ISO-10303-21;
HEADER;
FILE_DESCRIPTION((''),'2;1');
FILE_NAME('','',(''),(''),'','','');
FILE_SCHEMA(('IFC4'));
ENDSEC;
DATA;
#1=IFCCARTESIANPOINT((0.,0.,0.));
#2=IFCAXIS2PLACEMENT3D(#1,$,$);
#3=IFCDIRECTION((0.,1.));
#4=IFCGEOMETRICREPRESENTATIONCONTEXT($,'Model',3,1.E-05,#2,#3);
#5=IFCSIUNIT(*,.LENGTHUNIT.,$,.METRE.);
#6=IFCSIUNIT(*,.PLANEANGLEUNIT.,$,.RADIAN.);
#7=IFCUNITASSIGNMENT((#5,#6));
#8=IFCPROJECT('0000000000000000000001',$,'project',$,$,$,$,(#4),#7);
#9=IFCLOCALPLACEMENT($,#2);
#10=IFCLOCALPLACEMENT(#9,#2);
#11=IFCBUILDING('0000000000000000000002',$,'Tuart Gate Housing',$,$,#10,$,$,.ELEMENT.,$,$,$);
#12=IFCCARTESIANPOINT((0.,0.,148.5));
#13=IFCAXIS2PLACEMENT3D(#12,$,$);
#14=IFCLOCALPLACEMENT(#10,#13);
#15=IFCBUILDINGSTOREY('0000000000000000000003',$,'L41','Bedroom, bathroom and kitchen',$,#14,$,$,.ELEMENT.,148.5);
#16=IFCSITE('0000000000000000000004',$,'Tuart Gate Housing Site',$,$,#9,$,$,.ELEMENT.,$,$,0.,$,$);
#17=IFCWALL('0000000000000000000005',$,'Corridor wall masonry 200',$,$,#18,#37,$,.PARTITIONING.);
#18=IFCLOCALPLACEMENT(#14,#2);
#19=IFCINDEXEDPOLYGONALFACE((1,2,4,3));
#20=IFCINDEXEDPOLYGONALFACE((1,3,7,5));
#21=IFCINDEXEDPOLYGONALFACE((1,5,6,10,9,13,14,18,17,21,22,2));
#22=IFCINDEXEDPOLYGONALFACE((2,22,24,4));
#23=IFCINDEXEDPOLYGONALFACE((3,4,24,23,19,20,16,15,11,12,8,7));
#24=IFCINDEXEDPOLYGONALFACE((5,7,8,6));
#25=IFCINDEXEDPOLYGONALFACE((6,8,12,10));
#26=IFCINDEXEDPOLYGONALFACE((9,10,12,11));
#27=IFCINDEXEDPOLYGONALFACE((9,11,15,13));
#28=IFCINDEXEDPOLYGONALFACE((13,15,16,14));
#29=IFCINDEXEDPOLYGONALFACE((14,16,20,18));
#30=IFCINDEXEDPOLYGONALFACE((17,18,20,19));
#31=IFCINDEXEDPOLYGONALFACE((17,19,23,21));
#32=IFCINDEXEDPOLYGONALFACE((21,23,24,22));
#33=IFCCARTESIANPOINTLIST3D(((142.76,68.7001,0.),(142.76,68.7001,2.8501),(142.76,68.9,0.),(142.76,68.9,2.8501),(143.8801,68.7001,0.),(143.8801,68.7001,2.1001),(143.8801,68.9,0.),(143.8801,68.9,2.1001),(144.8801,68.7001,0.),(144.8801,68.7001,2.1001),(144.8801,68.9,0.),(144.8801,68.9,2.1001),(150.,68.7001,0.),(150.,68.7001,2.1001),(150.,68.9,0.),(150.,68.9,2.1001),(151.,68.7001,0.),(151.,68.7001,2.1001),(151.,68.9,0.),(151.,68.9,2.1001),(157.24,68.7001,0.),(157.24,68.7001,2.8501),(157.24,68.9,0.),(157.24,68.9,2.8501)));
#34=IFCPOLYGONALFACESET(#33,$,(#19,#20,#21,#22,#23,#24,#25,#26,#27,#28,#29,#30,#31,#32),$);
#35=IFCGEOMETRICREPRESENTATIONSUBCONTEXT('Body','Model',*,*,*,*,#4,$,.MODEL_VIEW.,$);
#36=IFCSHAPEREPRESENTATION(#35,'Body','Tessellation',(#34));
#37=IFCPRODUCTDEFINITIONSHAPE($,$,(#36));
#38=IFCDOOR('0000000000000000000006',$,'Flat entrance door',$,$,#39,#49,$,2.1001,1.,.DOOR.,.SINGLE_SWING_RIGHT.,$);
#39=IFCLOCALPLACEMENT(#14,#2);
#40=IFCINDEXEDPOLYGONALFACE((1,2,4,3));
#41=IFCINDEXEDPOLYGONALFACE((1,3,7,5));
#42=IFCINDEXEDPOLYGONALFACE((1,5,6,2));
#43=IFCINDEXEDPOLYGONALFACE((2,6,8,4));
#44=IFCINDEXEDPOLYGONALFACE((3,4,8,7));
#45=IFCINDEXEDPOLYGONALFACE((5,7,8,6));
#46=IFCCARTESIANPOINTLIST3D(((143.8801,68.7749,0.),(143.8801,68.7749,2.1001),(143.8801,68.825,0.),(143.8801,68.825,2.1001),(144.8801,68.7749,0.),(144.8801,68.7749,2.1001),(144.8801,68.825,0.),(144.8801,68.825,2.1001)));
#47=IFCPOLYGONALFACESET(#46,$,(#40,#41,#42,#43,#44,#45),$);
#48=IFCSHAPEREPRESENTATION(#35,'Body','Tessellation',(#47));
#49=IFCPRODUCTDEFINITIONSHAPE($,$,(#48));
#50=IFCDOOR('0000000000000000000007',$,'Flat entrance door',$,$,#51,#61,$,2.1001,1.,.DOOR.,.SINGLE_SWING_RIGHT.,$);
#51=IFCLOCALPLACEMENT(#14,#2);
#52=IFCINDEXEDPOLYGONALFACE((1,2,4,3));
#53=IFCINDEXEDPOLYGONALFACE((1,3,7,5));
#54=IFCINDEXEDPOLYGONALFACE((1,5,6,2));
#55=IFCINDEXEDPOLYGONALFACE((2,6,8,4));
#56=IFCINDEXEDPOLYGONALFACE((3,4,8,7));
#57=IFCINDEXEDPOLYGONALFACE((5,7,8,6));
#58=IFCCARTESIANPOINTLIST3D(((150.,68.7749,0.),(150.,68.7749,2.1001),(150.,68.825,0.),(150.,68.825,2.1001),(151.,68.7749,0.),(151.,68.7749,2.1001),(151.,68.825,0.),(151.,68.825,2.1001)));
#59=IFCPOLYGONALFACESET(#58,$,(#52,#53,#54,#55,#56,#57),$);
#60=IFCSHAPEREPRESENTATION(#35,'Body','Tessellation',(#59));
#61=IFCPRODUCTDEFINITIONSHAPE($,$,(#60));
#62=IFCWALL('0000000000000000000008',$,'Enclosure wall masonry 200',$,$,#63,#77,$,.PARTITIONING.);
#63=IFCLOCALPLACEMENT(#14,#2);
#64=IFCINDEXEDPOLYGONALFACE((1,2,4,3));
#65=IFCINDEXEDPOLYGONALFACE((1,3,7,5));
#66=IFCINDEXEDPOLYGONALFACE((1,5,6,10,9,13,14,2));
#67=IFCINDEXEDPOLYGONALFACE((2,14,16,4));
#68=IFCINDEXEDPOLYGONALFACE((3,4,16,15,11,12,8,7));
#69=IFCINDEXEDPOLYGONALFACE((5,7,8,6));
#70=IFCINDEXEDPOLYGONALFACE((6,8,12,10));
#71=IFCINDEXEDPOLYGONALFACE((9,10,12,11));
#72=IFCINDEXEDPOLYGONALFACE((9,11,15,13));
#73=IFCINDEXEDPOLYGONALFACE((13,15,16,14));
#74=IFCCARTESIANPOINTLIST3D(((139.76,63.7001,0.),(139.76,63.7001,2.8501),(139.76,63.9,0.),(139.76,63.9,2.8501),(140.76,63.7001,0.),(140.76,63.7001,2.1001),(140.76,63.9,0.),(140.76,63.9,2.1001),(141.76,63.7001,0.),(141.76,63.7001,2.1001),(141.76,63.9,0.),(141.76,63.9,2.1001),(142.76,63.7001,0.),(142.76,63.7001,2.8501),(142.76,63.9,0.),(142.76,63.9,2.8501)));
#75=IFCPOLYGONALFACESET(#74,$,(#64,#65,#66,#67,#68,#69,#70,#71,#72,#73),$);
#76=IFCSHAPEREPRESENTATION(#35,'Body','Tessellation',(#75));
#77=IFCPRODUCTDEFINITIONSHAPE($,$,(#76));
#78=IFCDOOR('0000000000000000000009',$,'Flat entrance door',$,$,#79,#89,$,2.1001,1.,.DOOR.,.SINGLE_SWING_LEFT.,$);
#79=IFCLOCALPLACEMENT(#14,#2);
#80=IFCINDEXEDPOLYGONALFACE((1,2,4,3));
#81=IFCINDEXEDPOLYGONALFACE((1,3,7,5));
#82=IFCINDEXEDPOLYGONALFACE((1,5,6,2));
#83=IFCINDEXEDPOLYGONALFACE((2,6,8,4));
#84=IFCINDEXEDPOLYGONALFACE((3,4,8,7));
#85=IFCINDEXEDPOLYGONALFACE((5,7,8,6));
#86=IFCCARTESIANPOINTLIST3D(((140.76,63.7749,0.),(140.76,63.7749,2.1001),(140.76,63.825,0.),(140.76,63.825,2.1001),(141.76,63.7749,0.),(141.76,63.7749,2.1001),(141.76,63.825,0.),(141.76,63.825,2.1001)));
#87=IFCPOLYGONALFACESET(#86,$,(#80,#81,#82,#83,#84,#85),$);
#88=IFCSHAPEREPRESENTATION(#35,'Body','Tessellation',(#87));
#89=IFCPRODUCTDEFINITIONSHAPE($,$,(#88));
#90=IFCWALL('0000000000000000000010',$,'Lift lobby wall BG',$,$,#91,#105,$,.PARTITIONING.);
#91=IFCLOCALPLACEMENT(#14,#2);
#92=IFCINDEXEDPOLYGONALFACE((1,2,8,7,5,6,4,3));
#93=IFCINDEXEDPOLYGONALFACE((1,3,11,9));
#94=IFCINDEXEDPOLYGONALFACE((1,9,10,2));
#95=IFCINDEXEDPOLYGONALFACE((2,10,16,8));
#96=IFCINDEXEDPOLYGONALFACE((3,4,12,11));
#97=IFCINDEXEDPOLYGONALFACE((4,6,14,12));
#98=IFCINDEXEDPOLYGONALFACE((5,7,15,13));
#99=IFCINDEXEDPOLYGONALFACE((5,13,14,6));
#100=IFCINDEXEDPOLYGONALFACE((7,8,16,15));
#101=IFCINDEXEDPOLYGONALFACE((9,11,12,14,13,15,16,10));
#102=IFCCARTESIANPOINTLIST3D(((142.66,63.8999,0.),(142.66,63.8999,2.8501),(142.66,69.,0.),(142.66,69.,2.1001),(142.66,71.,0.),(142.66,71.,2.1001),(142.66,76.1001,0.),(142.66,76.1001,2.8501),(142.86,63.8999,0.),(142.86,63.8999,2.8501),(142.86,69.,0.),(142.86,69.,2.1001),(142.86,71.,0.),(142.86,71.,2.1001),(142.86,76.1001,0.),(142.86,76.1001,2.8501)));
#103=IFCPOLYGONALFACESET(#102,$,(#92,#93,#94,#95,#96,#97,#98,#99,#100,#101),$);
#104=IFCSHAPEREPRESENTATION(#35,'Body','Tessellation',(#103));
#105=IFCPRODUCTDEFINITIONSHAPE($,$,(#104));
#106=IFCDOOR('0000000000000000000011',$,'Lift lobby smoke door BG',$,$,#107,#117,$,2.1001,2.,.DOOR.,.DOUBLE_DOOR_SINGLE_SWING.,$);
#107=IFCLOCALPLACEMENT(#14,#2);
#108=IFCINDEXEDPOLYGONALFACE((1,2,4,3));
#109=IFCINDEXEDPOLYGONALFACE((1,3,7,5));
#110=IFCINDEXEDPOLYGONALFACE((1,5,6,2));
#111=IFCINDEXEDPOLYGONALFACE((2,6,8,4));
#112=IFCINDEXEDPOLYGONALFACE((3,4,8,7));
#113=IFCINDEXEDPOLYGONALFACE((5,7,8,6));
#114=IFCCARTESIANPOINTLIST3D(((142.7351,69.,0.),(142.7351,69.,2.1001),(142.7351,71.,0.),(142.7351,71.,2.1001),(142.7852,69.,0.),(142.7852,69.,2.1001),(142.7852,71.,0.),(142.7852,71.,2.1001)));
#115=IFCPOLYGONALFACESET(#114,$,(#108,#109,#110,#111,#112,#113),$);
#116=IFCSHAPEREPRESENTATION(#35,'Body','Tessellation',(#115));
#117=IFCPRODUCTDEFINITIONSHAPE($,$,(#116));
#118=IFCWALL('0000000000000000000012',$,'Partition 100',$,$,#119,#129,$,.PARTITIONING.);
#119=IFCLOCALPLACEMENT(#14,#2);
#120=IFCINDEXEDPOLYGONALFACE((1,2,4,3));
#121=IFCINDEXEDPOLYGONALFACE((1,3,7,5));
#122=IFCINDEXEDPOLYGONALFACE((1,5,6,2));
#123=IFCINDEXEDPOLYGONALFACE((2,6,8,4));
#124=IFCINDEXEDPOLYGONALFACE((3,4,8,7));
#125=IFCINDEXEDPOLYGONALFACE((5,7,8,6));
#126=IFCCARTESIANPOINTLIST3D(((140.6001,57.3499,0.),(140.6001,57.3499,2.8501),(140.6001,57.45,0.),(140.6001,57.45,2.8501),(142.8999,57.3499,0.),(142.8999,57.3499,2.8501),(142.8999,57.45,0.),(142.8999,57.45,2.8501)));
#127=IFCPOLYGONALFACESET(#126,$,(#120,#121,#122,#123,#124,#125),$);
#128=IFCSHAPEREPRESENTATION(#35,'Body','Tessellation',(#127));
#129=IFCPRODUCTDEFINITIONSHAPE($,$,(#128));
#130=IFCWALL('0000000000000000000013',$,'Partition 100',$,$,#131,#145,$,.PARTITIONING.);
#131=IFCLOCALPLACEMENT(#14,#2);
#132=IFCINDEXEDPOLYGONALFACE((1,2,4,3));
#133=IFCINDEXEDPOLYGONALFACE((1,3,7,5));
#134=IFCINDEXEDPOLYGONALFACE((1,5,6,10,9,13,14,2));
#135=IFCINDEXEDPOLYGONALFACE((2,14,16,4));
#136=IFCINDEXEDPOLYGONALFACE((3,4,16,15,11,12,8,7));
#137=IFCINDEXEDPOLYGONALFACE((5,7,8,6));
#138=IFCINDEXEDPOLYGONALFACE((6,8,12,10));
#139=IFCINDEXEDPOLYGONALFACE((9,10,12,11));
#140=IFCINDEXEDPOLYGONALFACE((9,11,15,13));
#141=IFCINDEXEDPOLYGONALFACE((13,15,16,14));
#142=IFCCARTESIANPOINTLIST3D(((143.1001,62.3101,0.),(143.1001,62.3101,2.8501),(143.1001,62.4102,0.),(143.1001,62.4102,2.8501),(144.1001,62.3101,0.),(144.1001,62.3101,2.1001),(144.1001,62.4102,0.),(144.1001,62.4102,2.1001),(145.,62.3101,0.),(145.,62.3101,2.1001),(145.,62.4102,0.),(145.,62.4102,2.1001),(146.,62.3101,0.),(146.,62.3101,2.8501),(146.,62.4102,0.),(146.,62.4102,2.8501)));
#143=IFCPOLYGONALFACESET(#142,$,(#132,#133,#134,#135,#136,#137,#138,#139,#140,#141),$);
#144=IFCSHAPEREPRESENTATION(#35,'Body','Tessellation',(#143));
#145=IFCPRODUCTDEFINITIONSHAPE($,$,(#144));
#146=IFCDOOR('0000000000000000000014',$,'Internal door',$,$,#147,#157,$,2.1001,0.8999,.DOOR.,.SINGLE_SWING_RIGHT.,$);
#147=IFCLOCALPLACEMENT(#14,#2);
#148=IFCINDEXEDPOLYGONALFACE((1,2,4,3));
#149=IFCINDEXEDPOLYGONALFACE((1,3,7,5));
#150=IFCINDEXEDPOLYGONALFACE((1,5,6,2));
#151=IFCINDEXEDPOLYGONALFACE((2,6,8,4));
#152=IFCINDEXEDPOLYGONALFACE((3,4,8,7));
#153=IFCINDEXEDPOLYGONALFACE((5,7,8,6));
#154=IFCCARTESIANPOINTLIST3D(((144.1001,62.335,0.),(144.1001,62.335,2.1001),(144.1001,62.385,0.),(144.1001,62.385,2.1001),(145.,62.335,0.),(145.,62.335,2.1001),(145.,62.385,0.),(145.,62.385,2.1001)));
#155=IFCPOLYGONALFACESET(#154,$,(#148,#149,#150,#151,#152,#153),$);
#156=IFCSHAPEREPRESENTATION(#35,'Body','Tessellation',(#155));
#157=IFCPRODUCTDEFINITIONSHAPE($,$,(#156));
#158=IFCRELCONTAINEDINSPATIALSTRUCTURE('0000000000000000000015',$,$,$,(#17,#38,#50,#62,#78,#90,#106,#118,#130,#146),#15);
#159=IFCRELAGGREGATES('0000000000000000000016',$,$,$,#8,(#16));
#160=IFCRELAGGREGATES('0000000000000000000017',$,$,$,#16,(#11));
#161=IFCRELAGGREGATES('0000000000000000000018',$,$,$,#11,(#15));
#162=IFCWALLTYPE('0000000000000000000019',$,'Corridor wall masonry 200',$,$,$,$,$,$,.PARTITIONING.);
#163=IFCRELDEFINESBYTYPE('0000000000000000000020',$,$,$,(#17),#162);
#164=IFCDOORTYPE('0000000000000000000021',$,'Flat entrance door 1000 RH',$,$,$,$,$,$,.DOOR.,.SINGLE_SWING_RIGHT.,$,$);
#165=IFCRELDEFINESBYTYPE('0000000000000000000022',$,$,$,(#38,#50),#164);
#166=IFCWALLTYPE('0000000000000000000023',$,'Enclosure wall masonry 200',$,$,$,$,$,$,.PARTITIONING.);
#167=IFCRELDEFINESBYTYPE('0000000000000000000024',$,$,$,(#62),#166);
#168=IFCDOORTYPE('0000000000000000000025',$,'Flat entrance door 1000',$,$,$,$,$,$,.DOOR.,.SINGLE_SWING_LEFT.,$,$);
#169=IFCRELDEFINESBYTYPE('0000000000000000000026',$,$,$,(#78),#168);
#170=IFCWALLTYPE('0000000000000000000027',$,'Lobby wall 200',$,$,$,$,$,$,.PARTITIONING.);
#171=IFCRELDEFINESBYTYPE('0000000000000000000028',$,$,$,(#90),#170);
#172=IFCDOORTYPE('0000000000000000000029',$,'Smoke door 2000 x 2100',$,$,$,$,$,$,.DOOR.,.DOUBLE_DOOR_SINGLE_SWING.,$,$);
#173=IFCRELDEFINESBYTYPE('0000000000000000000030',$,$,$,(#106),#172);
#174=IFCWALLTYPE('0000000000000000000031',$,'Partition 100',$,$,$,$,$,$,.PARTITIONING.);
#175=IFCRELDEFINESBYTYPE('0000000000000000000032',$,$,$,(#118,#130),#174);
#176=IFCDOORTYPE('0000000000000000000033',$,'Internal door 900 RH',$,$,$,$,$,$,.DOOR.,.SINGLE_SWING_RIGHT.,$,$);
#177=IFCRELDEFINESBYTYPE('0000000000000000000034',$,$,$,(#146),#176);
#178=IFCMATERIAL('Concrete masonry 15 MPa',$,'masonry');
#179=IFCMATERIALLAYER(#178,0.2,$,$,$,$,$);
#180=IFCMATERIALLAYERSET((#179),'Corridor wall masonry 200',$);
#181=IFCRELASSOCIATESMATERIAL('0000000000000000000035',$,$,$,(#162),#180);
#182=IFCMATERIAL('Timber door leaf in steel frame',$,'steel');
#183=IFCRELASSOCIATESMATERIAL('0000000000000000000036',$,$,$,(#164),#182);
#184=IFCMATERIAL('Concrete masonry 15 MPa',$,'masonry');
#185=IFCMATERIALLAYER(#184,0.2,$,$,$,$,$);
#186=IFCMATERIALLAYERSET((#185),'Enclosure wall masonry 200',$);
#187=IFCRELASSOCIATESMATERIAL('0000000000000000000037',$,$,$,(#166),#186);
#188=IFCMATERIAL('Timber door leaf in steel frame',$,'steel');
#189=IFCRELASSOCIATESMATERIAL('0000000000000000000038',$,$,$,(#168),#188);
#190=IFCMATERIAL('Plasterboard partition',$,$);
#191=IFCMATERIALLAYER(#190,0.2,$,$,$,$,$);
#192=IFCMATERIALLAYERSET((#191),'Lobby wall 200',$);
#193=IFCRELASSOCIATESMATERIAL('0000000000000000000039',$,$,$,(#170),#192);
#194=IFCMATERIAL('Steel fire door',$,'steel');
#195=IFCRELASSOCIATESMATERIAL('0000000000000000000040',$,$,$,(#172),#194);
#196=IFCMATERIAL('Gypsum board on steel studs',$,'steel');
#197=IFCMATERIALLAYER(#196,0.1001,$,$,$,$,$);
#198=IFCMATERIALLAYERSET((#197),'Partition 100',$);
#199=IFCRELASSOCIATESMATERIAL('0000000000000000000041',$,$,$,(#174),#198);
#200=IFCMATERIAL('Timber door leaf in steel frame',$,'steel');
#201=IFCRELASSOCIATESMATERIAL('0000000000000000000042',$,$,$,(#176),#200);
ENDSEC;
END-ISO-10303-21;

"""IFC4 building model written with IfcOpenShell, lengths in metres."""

from ifc_helpers import new_model, si_unit, direction, frame, frame_2d, origin, place, context, subcontext, project, spatial, rectangle, extrude, material, layer, layer_set, type_object, element, fill, save


model = new_model("IFC4")

# Units and contexts
model_context = context("Model", 3, precision=1e-05, world=origin(), true_north=direction((0.0, 1.0)))
body_context = subcontext(model_context, "Body", "Model", "MODEL_VIEW")
ifc_project = project(units=[si_unit("LENGTHUNIT", "METRE"), si_unit("PLANEANGLEUNIT", "RADIAN")], contexts=[model_context])

# Site, building, storey
site_placement = place(None, origin())
site = spatial("IfcSite", under=ifc_project, at=site_placement, Name="Tuart Gate Housing Site", CompositionType="ELEMENT", RefElevation=0.0)
building_placement = place(site_placement, origin())
building = spatial("IfcBuilding", under=site, at=building_placement, Name="Tuart Gate Housing", CompositionType="ELEMENT")
storey_placement = place(building_placement, frame((0.0, 0.0, 148.5)))
storey = spatial("IfcBuildingStorey", under=building, at=storey_placement, Name="L41", Description="Bedroom, bathroom and kitchen", CompositionType="ELEMENT", Elevation=148.5)

# Wall, openings, doors
ifc_material_1 = material(Name="Concrete masonry 15 MPa", Category="masonry")
ifc_layer_1 = layer(ifc_material_1, 0.2)
ifc_layer_set_1 = layer_set([ifc_layer_1], Name="Corridor wall masonry 200")
wall_type_1 = type_object("IfcWallType", Name="Corridor wall masonry 200", PredefinedType="PARTITIONING", material=ifc_layer_set_1)
wall_1_placement = place(storey_placement, frame((142.76, 68.8, 0.0), z_axis=(0.0, 0.0, 1.0), x_axis=(1.0, 0.0, 0.0)))
wall_1 = element("IfcWall", 1, at=wall_1_placement, inside=storey, type_object=wall_type_1, Name="Corridor wall masonry 200", PredefinedType="PARTITIONING", context=body_context, shape_type="SweptSolid", body=[
    extrude(rectangle(XDim=14.48, YDim=0.2, at=frame_2d((7.24, 0.0))), origin(), (0.0, 0.0, 1.0), 2.8501),
])
opening_1_placement = place(wall_1_placement, frame((1.1201, 0.0, 0.0)))
opening_1 = element("IfcOpeningElement", 2, at=opening_1_placement, cuts=wall_1, PredefinedType="OPENING", context=body_context, shape_type="SweptSolid", body=[
    extrude(rectangle(XDim=1.0, YDim=2.1001, at=frame_2d((0.5, 1.05))), frame((0.0, 0.1099, 0.0), z_axis=(0.0, -1.0, 0.0), x_axis=(1.0, 0.0, 0.0)), (0.0, 0.0, 1.0), 0.22),
])
opening_2_placement = place(wall_1_placement, frame((7.24, 0.0, 0.0)))
opening_2 = element("IfcOpeningElement", 3, at=opening_2_placement, cuts=wall_1, PredefinedType="OPENING", context=body_context, shape_type="SweptSolid", body=[
    extrude(rectangle(XDim=1.0, YDim=2.1001, at=frame_2d((0.5, 1.05))), frame((0.0, 0.1099, 0.0), z_axis=(0.0, -1.0, 0.0), x_axis=(1.0, 0.0, 0.0)), (0.0, 0.0, 1.0), 0.22),
])
ifc_material_2 = material(Name="Timber door leaf in steel frame", Category="steel")
door_type_1 = type_object("IfcDoorType", Name="Flat entrance door 1000 RH", OperationType="SINGLE_SWING_RIGHT", PredefinedType="DOOR", material=ifc_material_2)
door_1_placement = place(opening_1_placement, frame((1.0, 0.0, 0.0), z_axis=(0.0, 0.0, 1.0), x_axis=(-1.0, 0.0, 0.0)))
door_1 = element("IfcDoor", 4, at=door_1_placement, inside=storey, type_object=door_type_1, Name="Flat entrance door", OperationType="SINGLE_SWING_RIGHT", OverallHeight=2.1001, OverallWidth=1.0, PredefinedType="DOOR", context=body_context, shape_type="SweptSolid", body=[
    extrude(rectangle(XDim=1.0, YDim=2.1001, at=frame_2d((0.5, 1.05))), frame((0.0, 0.0251, 0.0), z_axis=(0.0, -1.0, 0.0), x_axis=(1.0, 0.0, 0.0)), (0.0, 0.0, 1.0), 0.05),
])
fill(opening_1, door_1)
door_2_placement = place(opening_2_placement, frame((1.0, 0.0, 0.0), z_axis=(0.0, 0.0, 1.0), x_axis=(-1.0, 0.0, 0.0)))
door_2 = element("IfcDoor", 5, at=door_2_placement, inside=storey, type_object=door_type_1, Name="Flat entrance door", OperationType="SINGLE_SWING_RIGHT", OverallHeight=2.1001, OverallWidth=1.0, PredefinedType="DOOR", context=body_context, shape_type="SweptSolid", body=[
    extrude(rectangle(XDim=1.0, YDim=2.1001, at=frame_2d((0.5, 1.05))), frame((0.0, 0.0251, 0.0), z_axis=(0.0, -1.0, 0.0), x_axis=(1.0, 0.0, 0.0)), (0.0, 0.0, 1.0), 0.05),
])
fill(opening_2, door_2)

# Walls, openings, doors
ifc_material_3 = material(Name="Concrete masonry 15 MPa", Category="masonry")
ifc_layer_2 = layer(ifc_material_3, 0.2)
ifc_layer_set_2 = layer_set([ifc_layer_2], Name="Enclosure wall masonry 200")
wall_type_2 = type_object("IfcWallType", Name="Enclosure wall masonry 200", PredefinedType="PARTITIONING", material=ifc_layer_set_2)
wall_2_placement = place(storey_placement, frame((139.76, 63.8, 0.0), z_axis=(0.0, 0.0, 1.0), x_axis=(1.0, 0.0, 0.0)))
wall_2 = element("IfcWall", 6, at=wall_2_placement, inside=storey, type_object=wall_type_2, Name="Enclosure wall masonry 200", PredefinedType="PARTITIONING", context=body_context, shape_type="SweptSolid", body=[
    extrude(rectangle(XDim=3.0, YDim=0.2, at=frame_2d((1.5, 0.0))), origin(), (0.0, 0.0, 1.0), 2.8501),
])
opening_3_placement = place(wall_2_placement, frame((1.0, 0.0, 0.0)))
opening_3 = element("IfcOpeningElement", 7, at=opening_3_placement, cuts=wall_2, PredefinedType="OPENING", context=body_context, shape_type="SweptSolid", body=[
    extrude(rectangle(XDim=1.0, YDim=2.1001, at=frame_2d((0.5, 1.05))), frame((0.0, 0.1099, 0.0), z_axis=(0.0, -1.0, 0.0), x_axis=(1.0, 0.0, 0.0)), (0.0, 0.0, 1.0), 0.22),
])
ifc_material_4 = material(Name="Timber door leaf in steel frame", Category="steel")
door_type_2 = type_object("IfcDoorType", Name="Flat entrance door 1000", OperationType="SINGLE_SWING_LEFT", PredefinedType="DOOR", material=ifc_material_4)
door_3_placement = place(opening_3_placement, frame((1.0, 0.0, 0.0), z_axis=(0.0, 0.0, 1.0), x_axis=(-1.0, 0.0, 0.0)))
door_3 = element("IfcDoor", 8, at=door_3_placement, inside=storey, type_object=door_type_2, Name="Flat entrance door", OperationType="SINGLE_SWING_LEFT", OverallHeight=2.1001, OverallWidth=1.0, PredefinedType="DOOR", context=body_context, shape_type="SweptSolid", body=[
    extrude(rectangle(XDim=1.0, YDim=2.1001, at=frame_2d((0.5, 1.05))), frame((0.0, 0.0251, 0.0), z_axis=(0.0, -1.0, 0.0), x_axis=(1.0, 0.0, 0.0)), (0.0, 0.0, 1.0), 0.05),
])
fill(opening_3, door_3)
ifc_material_5 = material(Name="Plasterboard partition")
ifc_layer_3 = layer(ifc_material_5, 0.2)
ifc_layer_set_3 = layer_set([ifc_layer_3], Name="Lobby wall 200")
wall_type_3 = type_object("IfcWallType", Name="Lobby wall 200", PredefinedType="PARTITIONING", material=ifc_layer_set_3)
wall_3_placement = place(storey_placement, frame((142.76, 63.8999, 0.0), z_axis=(0.0, 0.0, 1.0), x_axis=(0.0, 1.0, 0.0)))
wall_3 = element("IfcWall", 9, at=wall_3_placement, inside=storey, type_object=wall_type_3, Name="Lift lobby wall BG", PredefinedType="PARTITIONING", context=body_context, shape_type="SweptSolid", body=[
    extrude(rectangle(XDim=12.2002, YDim=0.2, at=frame_2d((6.1001, 0.0))), origin(), (0.0, 0.0, 1.0), 2.8501),
])
opening_4_placement = place(wall_3_placement, frame((5.1001, 0.0, 0.0)))
opening_4 = element("IfcOpeningElement", 10, at=opening_4_placement, cuts=wall_3, PredefinedType="OPENING", context=body_context, shape_type="SweptSolid", body=[
    extrude(rectangle(XDim=2.0, YDim=2.1001, at=frame_2d((1.0, 1.05))), frame((0.0, 0.1099, 0.0), z_axis=(0.0, -1.0, 0.0), x_axis=(1.0, 0.0, 0.0)), (0.0, 0.0, 1.0), 0.22),
])
ifc_material_6 = material(Name="Steel fire door", Category="steel")
door_type_3 = type_object("IfcDoorType", Name="Smoke door 2000 x 2100", OperationType="DOUBLE_DOOR_SINGLE_SWING", PredefinedType="DOOR", material=ifc_material_6)
door_4_placement = place(opening_4_placement, origin())
door_4 = element("IfcDoor", 11, at=door_4_placement, inside=storey, type_object=door_type_3, Name="Lift lobby smoke door BG", OperationType="DOUBLE_DOOR_SINGLE_SWING", OverallHeight=2.1001, OverallWidth=2.0, PredefinedType="DOOR", context=body_context, shape_type="SweptSolid", body=[
    extrude(rectangle(XDim=2.0, YDim=2.1001, at=frame_2d((1.0, 1.05))), frame((0.0, 0.0249, 0.0), z_axis=(0.0, -1.0, 0.0), x_axis=(1.0, 0.0, 0.0)), (0.0, 0.0, 1.0), 0.05),
])
fill(opening_4, door_4)

# Wall
ifc_material_7 = material(Name="Gypsum board on steel studs", Category="steel")
ifc_layer_4 = layer(ifc_material_7, 0.1001)
ifc_layer_set_4 = layer_set([ifc_layer_4], Name="Partition 100")
wall_type_4 = type_object("IfcWallType", Name="Partition 100", PredefinedType="PARTITIONING", material=ifc_layer_set_4)
wall_4_placement = place(storey_placement, frame((140.6001, 57.3999, 0.0), z_axis=(0.0, 0.0, 1.0), x_axis=(1.0, 0.0, 0.0)))
element("IfcWall", 12, at=wall_4_placement, inside=storey, type_object=wall_type_4, Name="Partition 100", PredefinedType="PARTITIONING", context=body_context, shape_type="SweptSolid", body=[
    extrude(rectangle(XDim=2.2998, YDim=0.1001, at=frame_2d((1.1499, 0.0))), origin(), (0.0, 0.0, 1.0), 2.8501),
])

# Wall, opening, door
wall_5_placement = place(storey_placement, frame((143.1001, 62.3601, 0.0), z_axis=(0.0, 0.0, 1.0), x_axis=(1.0, 0.0, 0.0)))
wall_5 = element("IfcWall", 13, at=wall_5_placement, inside=storey, type_object=wall_type_4, Name="Partition 100", PredefinedType="PARTITIONING", context=body_context, shape_type="SweptSolid", body=[
    extrude(rectangle(XDim=2.8999, YDim=0.1001, at=frame_2d((1.45, 0.0))), origin(), (0.0, 0.0, 1.0), 2.8501),
])
opening_5_placement = place(wall_5_placement, frame((1.0, 0.0, 0.0)))
opening_5 = element("IfcOpeningElement", 14, at=opening_5_placement, cuts=wall_5, PredefinedType="OPENING", context=body_context, shape_type="SweptSolid", body=[
    extrude(rectangle(XDim=0.8999, YDim=2.1001, at=frame_2d((0.45, 1.05))), frame((0.0, 0.0601, 0.0), z_axis=(0.0, -1.0, 0.0), x_axis=(1.0, 0.0, 0.0)), (0.0, 0.0, 1.0), 0.1201),
])
ifc_material_8 = material(Name="Timber door leaf in steel frame", Category="steel")
door_type_4 = type_object("IfcDoorType", Name="Internal door 900 RH", OperationType="SINGLE_SWING_RIGHT", PredefinedType="DOOR", material=ifc_material_8)
door_5_placement = place(opening_5_placement, origin())
door_5 = element("IfcDoor", 15, at=door_5_placement, inside=storey, type_object=door_type_4, Name="Internal door", OperationType="SINGLE_SWING_RIGHT", OverallHeight=2.1001, OverallWidth=0.8999, PredefinedType="DOOR", context=body_context, shape_type="SweptSolid", body=[
    extrude(rectangle(XDim=0.8999, YDim=2.1001, at=frame_2d((0.45, 1.05))), frame((0.0, 0.0249, 0.0), z_axis=(0.0, -1.0, 0.0), x_axis=(1.0, 0.0, 0.0)), (0.0, 0.0, 1.0), 0.05),
])
fill(opening_5, door_5)

save(model, "model.ifc")
